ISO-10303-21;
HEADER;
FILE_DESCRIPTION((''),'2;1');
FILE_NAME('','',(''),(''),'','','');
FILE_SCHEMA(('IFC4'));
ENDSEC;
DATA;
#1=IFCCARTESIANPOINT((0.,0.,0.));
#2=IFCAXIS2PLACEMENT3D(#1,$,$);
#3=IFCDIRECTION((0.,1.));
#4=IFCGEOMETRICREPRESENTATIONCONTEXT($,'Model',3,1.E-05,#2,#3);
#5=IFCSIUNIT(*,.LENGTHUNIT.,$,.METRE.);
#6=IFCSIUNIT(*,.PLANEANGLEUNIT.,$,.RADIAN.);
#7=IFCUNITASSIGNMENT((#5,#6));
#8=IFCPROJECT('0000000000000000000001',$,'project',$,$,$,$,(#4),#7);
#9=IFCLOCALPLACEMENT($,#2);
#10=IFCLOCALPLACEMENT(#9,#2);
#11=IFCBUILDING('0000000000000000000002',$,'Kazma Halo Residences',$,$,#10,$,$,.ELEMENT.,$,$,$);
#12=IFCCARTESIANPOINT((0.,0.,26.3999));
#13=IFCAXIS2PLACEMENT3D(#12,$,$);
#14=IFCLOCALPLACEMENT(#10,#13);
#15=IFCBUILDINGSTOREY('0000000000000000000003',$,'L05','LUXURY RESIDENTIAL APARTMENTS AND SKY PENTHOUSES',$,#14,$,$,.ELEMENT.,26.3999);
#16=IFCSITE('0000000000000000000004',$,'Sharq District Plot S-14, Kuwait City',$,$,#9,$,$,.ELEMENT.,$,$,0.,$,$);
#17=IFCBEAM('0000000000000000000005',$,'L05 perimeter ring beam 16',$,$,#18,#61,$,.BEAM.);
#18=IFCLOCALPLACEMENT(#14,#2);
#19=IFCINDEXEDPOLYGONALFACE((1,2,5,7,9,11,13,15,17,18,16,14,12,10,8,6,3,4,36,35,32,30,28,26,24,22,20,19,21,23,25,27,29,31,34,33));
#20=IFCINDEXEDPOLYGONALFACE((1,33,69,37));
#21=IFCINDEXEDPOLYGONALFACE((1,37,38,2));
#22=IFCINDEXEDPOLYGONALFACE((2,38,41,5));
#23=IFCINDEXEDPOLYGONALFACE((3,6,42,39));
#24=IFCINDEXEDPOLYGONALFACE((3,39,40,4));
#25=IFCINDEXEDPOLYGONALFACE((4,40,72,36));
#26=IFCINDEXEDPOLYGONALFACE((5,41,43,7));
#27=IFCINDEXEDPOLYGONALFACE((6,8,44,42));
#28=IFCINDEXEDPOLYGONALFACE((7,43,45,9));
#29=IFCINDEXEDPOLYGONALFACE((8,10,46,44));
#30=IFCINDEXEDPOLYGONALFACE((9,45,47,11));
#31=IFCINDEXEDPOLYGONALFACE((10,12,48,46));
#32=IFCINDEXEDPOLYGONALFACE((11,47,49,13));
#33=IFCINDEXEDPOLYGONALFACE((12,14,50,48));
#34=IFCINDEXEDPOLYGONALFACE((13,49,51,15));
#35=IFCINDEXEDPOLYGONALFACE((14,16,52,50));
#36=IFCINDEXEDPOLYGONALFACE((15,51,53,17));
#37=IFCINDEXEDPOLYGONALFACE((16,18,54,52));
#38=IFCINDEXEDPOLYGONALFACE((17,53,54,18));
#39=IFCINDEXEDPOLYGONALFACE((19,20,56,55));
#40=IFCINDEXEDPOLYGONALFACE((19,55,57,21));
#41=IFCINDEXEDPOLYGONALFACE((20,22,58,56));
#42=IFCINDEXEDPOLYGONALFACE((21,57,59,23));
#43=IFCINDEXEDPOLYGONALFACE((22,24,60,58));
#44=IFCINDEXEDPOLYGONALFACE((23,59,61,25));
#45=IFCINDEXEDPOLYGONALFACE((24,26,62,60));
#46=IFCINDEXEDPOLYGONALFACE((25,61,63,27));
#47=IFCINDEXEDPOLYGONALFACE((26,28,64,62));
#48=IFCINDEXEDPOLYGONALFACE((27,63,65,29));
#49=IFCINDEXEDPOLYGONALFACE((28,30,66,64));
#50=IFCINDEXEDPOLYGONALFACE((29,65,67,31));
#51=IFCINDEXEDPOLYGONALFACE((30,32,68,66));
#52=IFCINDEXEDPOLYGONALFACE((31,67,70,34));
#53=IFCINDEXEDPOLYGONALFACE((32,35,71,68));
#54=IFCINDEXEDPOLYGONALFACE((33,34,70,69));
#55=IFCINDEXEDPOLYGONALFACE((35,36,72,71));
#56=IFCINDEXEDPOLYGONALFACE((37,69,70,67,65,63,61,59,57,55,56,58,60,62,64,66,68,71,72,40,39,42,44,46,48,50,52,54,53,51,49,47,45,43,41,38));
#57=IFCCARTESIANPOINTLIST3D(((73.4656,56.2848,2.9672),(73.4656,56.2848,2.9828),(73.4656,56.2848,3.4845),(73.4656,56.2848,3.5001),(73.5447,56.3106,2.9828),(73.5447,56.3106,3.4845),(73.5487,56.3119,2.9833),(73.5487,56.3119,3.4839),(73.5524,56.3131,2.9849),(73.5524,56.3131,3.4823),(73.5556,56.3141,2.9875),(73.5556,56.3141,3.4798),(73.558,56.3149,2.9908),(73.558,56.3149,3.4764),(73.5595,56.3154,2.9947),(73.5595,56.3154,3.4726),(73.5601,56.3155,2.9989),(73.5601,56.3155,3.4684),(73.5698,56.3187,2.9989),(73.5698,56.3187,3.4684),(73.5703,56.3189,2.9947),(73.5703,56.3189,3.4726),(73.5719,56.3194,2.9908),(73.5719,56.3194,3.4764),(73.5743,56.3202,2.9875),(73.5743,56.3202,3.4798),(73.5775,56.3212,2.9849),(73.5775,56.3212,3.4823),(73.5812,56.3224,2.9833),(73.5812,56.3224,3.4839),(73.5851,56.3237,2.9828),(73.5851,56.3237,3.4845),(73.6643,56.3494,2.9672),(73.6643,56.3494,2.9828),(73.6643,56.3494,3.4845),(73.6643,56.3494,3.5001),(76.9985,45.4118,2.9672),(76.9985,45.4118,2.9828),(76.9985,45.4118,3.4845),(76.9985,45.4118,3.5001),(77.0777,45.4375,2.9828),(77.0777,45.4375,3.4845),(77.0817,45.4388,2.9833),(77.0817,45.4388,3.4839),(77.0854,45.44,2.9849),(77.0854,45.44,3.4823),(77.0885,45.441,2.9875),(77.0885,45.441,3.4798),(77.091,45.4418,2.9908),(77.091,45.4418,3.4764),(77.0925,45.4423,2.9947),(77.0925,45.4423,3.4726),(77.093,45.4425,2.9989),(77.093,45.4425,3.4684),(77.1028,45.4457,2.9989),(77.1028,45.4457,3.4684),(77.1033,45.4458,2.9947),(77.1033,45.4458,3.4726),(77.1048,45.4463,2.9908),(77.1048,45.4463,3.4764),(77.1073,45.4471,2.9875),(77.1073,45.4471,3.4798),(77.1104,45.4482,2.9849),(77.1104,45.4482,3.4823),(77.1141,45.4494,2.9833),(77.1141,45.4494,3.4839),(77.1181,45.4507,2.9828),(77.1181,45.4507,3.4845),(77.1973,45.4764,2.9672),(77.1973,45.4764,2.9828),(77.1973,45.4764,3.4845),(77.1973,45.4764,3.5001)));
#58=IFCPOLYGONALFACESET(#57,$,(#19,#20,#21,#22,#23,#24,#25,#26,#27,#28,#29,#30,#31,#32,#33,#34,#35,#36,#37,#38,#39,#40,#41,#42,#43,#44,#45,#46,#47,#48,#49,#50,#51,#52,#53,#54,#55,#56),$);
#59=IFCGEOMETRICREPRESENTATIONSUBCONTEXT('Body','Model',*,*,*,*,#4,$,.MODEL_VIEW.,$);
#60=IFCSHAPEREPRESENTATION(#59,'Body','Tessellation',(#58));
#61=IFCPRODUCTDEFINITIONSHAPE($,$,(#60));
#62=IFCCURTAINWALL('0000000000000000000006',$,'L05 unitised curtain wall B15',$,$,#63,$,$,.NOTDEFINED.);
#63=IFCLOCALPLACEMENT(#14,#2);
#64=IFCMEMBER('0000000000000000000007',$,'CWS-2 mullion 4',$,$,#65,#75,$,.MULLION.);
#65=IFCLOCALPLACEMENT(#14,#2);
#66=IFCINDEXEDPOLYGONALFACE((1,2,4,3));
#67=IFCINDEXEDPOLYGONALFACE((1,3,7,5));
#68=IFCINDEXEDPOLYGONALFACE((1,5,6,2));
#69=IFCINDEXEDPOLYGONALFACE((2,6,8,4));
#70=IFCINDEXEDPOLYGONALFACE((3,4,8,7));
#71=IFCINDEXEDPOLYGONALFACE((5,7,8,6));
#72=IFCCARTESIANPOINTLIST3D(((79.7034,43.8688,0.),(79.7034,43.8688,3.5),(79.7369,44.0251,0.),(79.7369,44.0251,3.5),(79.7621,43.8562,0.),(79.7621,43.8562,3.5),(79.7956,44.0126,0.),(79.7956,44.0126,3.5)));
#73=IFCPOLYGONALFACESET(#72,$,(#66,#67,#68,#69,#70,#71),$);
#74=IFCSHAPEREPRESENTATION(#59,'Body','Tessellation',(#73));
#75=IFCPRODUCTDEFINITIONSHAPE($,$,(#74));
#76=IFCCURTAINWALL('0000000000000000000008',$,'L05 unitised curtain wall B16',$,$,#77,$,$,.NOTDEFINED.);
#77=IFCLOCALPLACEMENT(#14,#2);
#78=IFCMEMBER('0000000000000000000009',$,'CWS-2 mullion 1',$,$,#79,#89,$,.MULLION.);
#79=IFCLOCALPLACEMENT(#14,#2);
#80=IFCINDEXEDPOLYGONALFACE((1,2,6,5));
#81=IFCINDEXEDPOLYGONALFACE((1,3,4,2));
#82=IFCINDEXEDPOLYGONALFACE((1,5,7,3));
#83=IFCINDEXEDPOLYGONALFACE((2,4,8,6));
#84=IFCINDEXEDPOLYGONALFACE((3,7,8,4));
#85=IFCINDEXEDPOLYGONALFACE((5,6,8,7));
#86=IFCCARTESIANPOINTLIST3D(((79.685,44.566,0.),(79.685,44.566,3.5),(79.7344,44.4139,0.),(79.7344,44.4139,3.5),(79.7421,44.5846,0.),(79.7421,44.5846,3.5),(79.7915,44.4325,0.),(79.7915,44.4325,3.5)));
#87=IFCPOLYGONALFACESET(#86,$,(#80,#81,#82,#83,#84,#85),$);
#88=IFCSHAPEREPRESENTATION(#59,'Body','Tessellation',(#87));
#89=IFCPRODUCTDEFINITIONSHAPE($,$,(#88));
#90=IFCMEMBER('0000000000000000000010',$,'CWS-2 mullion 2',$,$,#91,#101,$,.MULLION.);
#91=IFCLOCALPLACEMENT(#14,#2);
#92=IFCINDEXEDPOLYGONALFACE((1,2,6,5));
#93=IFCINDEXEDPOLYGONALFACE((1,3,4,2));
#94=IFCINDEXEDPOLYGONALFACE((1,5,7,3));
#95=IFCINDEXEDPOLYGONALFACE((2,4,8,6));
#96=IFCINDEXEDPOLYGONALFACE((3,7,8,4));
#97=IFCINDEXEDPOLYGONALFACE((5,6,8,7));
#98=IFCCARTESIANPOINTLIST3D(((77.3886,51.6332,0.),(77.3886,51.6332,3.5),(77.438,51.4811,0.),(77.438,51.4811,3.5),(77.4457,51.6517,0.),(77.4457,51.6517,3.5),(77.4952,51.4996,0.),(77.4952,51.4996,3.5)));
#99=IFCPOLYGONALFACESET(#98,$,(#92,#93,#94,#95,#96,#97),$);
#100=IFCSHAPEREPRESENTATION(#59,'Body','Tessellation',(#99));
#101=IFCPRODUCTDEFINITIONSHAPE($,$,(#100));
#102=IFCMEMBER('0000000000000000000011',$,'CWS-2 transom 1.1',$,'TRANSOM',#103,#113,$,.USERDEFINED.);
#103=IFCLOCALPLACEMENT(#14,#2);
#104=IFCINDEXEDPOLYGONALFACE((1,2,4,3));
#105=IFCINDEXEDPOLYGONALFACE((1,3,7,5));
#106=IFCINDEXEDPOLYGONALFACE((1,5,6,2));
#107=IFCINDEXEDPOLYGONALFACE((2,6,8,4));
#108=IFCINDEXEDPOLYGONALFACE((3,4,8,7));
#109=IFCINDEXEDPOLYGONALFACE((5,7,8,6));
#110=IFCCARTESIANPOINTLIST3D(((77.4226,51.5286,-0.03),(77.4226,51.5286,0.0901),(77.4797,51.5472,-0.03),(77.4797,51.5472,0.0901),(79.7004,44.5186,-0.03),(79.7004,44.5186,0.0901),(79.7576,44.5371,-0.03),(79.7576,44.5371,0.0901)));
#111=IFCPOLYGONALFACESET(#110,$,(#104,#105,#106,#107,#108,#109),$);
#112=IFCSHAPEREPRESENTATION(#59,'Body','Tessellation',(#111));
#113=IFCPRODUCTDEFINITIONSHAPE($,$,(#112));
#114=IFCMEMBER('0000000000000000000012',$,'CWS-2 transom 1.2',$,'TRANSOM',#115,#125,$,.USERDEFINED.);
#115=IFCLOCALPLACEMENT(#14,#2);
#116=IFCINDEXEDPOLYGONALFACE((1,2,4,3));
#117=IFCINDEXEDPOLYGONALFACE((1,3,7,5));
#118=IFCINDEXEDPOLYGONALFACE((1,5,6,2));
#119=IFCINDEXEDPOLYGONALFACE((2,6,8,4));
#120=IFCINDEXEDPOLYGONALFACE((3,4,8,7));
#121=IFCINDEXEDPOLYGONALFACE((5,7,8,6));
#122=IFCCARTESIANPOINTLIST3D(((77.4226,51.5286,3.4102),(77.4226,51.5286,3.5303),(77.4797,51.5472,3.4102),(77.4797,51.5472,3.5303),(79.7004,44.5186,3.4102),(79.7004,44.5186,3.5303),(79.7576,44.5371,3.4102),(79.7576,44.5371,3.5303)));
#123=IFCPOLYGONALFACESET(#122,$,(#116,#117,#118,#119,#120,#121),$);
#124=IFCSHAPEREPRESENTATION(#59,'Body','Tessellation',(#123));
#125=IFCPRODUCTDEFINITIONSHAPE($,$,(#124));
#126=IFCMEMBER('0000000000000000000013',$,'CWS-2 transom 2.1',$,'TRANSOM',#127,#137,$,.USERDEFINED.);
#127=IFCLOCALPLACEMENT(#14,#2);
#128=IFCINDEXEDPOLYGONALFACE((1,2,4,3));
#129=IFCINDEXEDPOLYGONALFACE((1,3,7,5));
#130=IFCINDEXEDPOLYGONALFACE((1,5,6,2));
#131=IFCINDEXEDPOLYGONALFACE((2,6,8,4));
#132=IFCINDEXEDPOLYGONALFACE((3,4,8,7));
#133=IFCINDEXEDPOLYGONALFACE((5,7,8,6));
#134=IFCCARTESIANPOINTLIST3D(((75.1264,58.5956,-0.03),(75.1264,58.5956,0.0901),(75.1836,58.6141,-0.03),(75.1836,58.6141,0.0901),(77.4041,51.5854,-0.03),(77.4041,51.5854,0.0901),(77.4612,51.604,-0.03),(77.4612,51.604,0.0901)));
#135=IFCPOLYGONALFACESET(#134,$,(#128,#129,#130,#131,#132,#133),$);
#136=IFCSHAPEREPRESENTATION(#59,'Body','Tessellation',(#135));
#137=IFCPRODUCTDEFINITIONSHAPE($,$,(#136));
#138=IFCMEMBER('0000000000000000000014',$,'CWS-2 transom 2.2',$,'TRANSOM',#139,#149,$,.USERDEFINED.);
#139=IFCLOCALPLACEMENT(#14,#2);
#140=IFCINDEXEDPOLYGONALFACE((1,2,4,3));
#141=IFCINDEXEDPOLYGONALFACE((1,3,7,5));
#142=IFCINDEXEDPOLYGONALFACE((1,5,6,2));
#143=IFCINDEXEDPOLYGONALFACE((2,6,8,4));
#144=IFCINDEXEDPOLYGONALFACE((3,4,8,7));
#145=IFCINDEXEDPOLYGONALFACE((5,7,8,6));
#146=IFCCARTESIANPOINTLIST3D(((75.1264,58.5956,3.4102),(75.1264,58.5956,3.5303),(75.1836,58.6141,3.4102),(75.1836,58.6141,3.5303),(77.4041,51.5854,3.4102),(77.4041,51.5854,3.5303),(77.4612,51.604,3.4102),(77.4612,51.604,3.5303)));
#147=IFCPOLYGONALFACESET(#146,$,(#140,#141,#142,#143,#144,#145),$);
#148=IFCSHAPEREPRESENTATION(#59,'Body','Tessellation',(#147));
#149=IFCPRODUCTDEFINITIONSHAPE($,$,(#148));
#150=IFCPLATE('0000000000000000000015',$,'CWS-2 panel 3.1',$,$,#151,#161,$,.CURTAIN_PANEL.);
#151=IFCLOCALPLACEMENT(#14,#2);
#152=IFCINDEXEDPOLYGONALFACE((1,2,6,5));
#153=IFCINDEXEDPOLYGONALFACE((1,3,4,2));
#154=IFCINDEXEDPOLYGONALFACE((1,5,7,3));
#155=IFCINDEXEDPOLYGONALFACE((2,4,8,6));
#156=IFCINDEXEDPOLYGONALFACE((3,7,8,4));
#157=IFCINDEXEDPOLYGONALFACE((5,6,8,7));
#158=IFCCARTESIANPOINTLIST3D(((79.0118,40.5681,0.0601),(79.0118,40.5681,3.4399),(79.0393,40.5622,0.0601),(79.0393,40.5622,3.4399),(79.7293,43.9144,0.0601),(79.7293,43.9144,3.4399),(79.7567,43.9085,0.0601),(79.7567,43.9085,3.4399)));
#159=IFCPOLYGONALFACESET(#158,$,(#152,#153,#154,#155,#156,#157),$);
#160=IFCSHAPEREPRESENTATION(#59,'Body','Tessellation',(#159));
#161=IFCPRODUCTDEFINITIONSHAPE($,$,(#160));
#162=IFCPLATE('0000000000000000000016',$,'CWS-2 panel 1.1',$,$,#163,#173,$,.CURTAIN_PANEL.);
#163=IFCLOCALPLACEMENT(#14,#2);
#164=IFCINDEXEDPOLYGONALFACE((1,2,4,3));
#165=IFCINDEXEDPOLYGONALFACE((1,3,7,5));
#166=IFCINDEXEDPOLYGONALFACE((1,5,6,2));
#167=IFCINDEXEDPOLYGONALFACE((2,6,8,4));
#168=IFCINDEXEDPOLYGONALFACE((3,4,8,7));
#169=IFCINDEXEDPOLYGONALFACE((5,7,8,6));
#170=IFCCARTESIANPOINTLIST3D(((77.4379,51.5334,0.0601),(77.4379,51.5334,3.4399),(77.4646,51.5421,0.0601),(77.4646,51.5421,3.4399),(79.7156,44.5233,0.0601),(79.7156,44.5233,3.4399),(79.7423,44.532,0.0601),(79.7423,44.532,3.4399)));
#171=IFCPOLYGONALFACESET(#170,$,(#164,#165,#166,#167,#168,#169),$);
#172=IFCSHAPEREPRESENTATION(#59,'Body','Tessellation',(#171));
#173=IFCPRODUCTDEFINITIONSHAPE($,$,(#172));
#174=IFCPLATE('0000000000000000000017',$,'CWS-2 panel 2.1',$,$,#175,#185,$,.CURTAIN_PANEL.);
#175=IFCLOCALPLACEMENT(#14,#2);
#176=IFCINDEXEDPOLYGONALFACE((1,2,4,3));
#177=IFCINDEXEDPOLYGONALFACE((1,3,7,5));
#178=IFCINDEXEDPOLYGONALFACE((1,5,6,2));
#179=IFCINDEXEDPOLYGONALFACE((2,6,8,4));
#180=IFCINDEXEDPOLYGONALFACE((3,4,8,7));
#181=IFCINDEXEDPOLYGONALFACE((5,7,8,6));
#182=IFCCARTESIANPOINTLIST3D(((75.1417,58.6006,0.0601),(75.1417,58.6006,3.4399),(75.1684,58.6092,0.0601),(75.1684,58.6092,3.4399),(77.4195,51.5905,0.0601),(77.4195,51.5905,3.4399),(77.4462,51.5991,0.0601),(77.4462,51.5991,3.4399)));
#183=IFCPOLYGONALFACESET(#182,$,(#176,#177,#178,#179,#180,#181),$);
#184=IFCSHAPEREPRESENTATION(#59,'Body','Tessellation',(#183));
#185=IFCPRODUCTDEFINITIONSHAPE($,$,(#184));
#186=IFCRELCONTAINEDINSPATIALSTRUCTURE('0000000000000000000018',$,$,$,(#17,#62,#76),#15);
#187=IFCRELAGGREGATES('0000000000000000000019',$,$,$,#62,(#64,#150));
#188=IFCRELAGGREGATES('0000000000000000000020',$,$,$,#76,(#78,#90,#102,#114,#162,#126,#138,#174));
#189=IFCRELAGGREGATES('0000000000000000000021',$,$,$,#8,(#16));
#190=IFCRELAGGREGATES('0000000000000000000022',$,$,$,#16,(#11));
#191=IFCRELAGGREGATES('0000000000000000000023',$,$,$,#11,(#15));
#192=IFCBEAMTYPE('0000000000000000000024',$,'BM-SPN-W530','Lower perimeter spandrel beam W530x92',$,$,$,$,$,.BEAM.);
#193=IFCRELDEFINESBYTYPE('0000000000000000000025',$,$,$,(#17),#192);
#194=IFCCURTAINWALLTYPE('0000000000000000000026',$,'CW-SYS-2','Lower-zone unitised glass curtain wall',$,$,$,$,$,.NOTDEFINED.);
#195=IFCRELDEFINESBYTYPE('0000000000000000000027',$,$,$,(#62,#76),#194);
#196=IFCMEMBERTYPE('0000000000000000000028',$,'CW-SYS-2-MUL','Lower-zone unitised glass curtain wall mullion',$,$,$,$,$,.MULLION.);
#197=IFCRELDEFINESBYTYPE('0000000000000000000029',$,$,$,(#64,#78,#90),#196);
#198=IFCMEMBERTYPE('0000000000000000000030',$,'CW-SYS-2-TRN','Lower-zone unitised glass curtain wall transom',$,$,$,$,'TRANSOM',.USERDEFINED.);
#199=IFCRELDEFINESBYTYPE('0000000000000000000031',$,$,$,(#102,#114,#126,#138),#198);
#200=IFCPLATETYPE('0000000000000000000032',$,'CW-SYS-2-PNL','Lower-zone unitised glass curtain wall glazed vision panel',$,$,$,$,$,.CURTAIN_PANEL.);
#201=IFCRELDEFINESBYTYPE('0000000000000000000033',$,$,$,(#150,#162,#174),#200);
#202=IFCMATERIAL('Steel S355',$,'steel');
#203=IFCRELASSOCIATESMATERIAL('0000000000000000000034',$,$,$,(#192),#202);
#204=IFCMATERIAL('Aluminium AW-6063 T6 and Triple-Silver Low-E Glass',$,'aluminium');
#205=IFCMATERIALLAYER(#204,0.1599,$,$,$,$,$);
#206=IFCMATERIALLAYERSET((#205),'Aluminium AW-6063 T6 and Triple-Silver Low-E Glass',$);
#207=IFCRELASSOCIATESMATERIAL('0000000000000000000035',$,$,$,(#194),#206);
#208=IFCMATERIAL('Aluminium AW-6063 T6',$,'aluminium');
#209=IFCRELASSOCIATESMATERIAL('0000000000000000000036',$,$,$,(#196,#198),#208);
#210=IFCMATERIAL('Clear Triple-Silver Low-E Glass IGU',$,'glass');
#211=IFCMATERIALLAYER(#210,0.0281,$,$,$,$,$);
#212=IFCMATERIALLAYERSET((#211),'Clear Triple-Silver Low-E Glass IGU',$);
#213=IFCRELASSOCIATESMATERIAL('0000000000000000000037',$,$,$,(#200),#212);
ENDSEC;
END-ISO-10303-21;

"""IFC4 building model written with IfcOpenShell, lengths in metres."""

from ifc_helpers import new_model, si_unit, direction, frame, origin, origin_2d, place, context, subcontext, project, spatial, rectangle, i_section, extrude, material, layer, layer_set, material_profile, profile_set, type_object, element, aggregate, save


model = new_model("IFC4")

# Units and contexts
model_context = context("Model", 3, precision=1e-05, world=origin(), true_north=direction((0.0, 1.0)))
body_context = subcontext(model_context, "Body", "Model", "MODEL_VIEW")
ifc_project = project(units=[si_unit("LENGTHUNIT", "METRE"), si_unit("PLANEANGLEUNIT", "RADIAN")], contexts=[model_context])

# Site, building, storey
site_placement = place(None, origin())
site = spatial("IfcSite", under=ifc_project, at=site_placement, Name="Sharq District Plot S-14, Kuwait City", CompositionType="ELEMENT", RefElevation=0.0)
building_placement = place(site_placement, origin())
building = spatial("IfcBuilding", under=site, at=building_placement, Name="Kazma Halo Residences", CompositionType="ELEMENT")
storey_placement = place(building_placement, frame((0.0, 0.0, 26.3999)))
storey = spatial("IfcBuildingStorey", under=building, at=storey_placement, Name="L05", Description="LUXURY RESIDENTIAL APARTMENTS AND SKY PENTHOUSES", CompositionType="ELEMENT", Elevation=26.3999)

# Beam
ifc_material_1 = material(Name="Steel S355", Category="steel")
ifc_material_profile_1 = material_profile(ifc_material_1, i_section(OverallWidth=0.209, OverallDepth=0.533, WebThickness=0.0103, FlangeThickness=0.0156, FilletRadius=0.0161, at=origin_2d()), Name="W530x92")
ifc_profile_set_1 = profile_set([ifc_material_profile_1], Name="Steel S355")
beam_type_1 = type_object("IfcBeamType", Name="BM-SPN-W530", Description="Lower perimeter spandrel beam W530x92", PredefinedType="BEAM", material=ifc_profile_set_1)
beam_1_placement = place(storey_placement, frame((77.0979, 45.4441, 3.2336), z_axis=(-0.309024, 0.951054, 0.0), x_axis=(-0.951054, -0.309024, 0.0)))
element("IfcBeam", 1, at=beam_1_placement, inside=storey, type_object=beam_type_1, Name="L05 perimeter ring beam 16", PredefinedType="BEAM", context=body_context, shape_type="SweptSolid", body=[
    extrude(i_section(OverallWidth=0.209, OverallDepth=0.533, WebThickness=0.0103, FlangeThickness=0.0156, FilletRadius=0.0161, at=origin_2d()), origin(), (0.0, 0.0, 1.0), 11.4326),
])

# Curtain wall, member
ifc_material_2 = material(Name="Aluminium AW-6063 T6 and Triple-Silver Low-E Glass", Category="aluminium")
ifc_layer_1 = layer(ifc_material_2, 0.1599)
ifc_layer_set_1 = layer_set([ifc_layer_1], Name="Aluminium AW-6063 T6 and Triple-Silver Low-E Glass")
curtain_wall_type = type_object("IfcCurtainWallType", Name="CW-SYS-2", Description="Lower-zone unitised glass curtain wall", PredefinedType="NOTDEFINED", material=ifc_layer_set_1)
curtain_wall_1_placement = place(storey_placement, origin())
curtain_wall_1 = element("IfcCurtainWall", 2, at=curtain_wall_1_placement, inside=storey, type_object=curtain_wall_type, Name="L05 unitised curtain wall B15", PredefinedType="NOTDEFINED")
ifc_material_3 = material(Name="Aluminium AW-6063 T6", Category="aluminium")
ifc_material_profile_2 = material_profile(ifc_material_3, rectangle(XDim=0.0601, YDim=0.1599, at=origin_2d()), Name="CWM-60x160")
ifc_profile_set_2 = profile_set([ifc_material_profile_2], Name="Aluminium AW-6063 T6")
member_type_1 = type_object("IfcMemberType", Name="CW-SYS-2-MUL", Description="Lower-zone unitised glass curtain wall mullion", PredefinedType="MULLION", material=ifc_profile_set_2)
member_1_placement = place(storey_placement, frame((79.7495, 43.9407, 0.0), z_axis=(0.0, 0.0, 1.0), x_axis=(-0.977779, 0.209637, 0.0)))
member_1 = element("IfcMember", 3, at=member_1_placement, type_object=member_type_1, Name="CWS-2 mullion 4", PredefinedType="MULLION", context=body_context, shape_type="SweptSolid", body=[
    extrude(rectangle(XDim=0.0601, YDim=0.1599, at=origin_2d()), origin(), (0.0, 0.0, 1.0), 3.5),
])

# Curtain wall, members
curtain_wall_2_placement = place(storey_placement, origin())
curtain_wall_2 = element("IfcCurtainWall", 4, at=curtain_wall_2_placement, inside=storey, type_object=curtain_wall_type, Name="L05 unitised curtain wall B16", PredefinedType="NOTDEFINED")
member_2_placement = place(storey_placement, frame((79.7383, 44.4993, 0.0), z_axis=(0.0, 0.0, 1.0), x_axis=(-0.951057, -0.309017, 0.0)))
member_2 = element("IfcMember", 5, at=member_2_placement, type_object=member_type_1, Name="CWS-2 mullion 1", PredefinedType="MULLION", context=body_context, shape_type="SweptSolid", body=[
    extrude(rectangle(XDim=0.0601, YDim=0.1599, at=origin_2d()), origin(), (0.0, 0.0, 1.0), 3.5),
])
member_3_placement = place(storey_placement, frame((77.4419, 51.5664, 0.0), z_axis=(0.0, 0.0, 1.0), x_axis=(-0.951057, -0.309017, 0.0)))
member_3 = element("IfcMember", 6, at=member_3_placement, type_object=member_type_1, Name="CWS-2 mullion 2", PredefinedType="MULLION", context=body_context, shape_type="SweptSolid", body=[
    extrude(rectangle(XDim=0.0601, YDim=0.1599, at=origin_2d()), origin(), (0.0, 0.0, 1.0), 3.5),
])
ifc_material_profile_3 = material_profile(ifc_material_3, rectangle(XDim=0.0601, YDim=0.1201, at=origin_2d()), Name="CWT-60x120")
ifc_profile_set_3 = profile_set([ifc_material_profile_3], Name="Aluminium AW-6063 T6")
member_type_2 = type_object("IfcMemberType", Name="CW-SYS-2-TRN", Description="Lower-zone unitised glass curtain wall transom", ElementType="TRANSOM", PredefinedType="USERDEFINED", material=ifc_profile_set_3)
member_4_placement = place(storey_placement, frame((79.729, 44.5278, 0.03), z_axis=(-0.309034, 0.951051, 0.0), x_axis=(-0.951051, -0.309034, 0.0)))
member_4 = element("IfcMember", 7, at=member_4_placement, type_object=member_type_2, Name="CWS-2 transom 1.1", ObjectType="TRANSOM", PredefinedType="USERDEFINED", context=body_context, shape_type="SweptSolid", body=[
    extrude(rectangle(XDim=0.0601, YDim=0.1201, at=origin_2d()), origin(), (0.0, 0.0, 1.0), 7.3708),
])
member_5_placement = place(storey_placement, frame((79.729, 44.5278, 3.4702), z_axis=(-0.309034, 0.951051, 0.0), x_axis=(-0.951051, -0.309034, 0.0)))
member_5 = element("IfcMember", 8, at=member_5_placement, type_object=member_type_2, Name="CWS-2 transom 1.2", ObjectType="TRANSOM", PredefinedType="USERDEFINED", context=body_context, shape_type="SweptSolid", body=[
    extrude(rectangle(XDim=0.0601, YDim=0.1201, at=origin_2d()), origin(), (0.0, 0.0, 1.0), 7.3708),
])
member_6_placement = place(storey_placement, frame((77.4326, 51.5947, 0.03), z_axis=(-0.309004, 0.951061, 0.0), x_axis=(-0.951061, -0.309004, 0.0)))
member_6 = element("IfcMember", 9, at=member_6_placement, type_object=member_type_2, Name="CWS-2 transom 2.1", ObjectType="TRANSOM", PredefinedType="USERDEFINED", context=body_context, shape_type="SweptSolid", body=[
    extrude(rectangle(XDim=0.0601, YDim=0.1201, at=origin_2d()), origin(), (0.0, 0.0, 1.0), 7.3708),
])
member_7_placement = place(storey_placement, frame((77.4326, 51.5947, 3.4702), z_axis=(-0.309004, 0.951061, 0.0), x_axis=(-0.951061, -0.309004, 0.0)))
member_7 = element("IfcMember", 10, at=member_7_placement, type_object=member_type_2, Name="CWS-2 transom 2.2", ObjectType="TRANSOM", PredefinedType="USERDEFINED", context=body_context, shape_type="SweptSolid", body=[
    extrude(rectangle(XDim=0.0601, YDim=0.1201, at=origin_2d()), origin(), (0.0, 0.0, 1.0), 7.3708),
])

# Plates
ifc_material_4 = material(Name="Clear Triple-Silver Low-E Glass IGU", Category="glass")
ifc_layer_2 = layer(ifc_material_4, 0.0281)
ifc_layer_set_2 = layer_set([ifc_layer_2], Name="Clear Triple-Silver Low-E Glass IGU")
plate_type = type_object("IfcPlateType", Name="CW-SYS-2-PNL", Description="Lower-zone unitised glass curtain wall glazed vision panel", PredefinedType="CURTAIN_PANEL", material=ifc_layer_set_2)
plate_1_placement = place(storey_placement, frame((79.3843, 42.2383, 0.0601), z_axis=(0.0, 0.0, 1.0), x_axis=(0.209637, 0.977779, 0.0)))
plate_1 = element("IfcPlate", 11, at=plate_1_placement, type_object=plate_type, Name="CWS-2 panel 3.1", PredefinedType="CURTAIN_PANEL", context=body_context, shape_type="SweptSolid", body=[
    extrude(rectangle(XDim=3.4224, YDim=0.0281, at=origin_2d()), origin(), (0.0, 0.0, 1.0), 3.3799),
])
aggregate(curtain_wall_1, [member_1, plate_1])
plate_2_placement = place(storey_placement, frame((78.5901, 48.0327, 0.0601), z_axis=(0.0, 0.0, 1.0), x_axis=(-0.309017, 0.951057, 0.0)))
plate_2 = element("IfcPlate", 12, at=plate_2_placement, type_object=plate_type, Name="CWS-2 panel 1.1", PredefinedType="CURTAIN_PANEL", context=body_context, shape_type="SweptSolid", body=[
    extrude(rectangle(XDim=7.3708, YDim=0.0281, at=origin_2d()), origin(), (0.0, 0.0, 1.0), 3.3799),
])
plate_3_placement = place(storey_placement, frame((76.2939, 55.0999, 0.0601), z_axis=(0.0, 0.0, 1.0), x_axis=(-0.309017, 0.951057, 0.0)))
plate_3 = element("IfcPlate", 13, at=plate_3_placement, type_object=plate_type, Name="CWS-2 panel 2.1", PredefinedType="CURTAIN_PANEL", context=body_context, shape_type="SweptSolid", body=[
    extrude(rectangle(XDim=7.3708, YDim=0.0281, at=origin_2d()), origin(), (0.0, 0.0, 1.0), 3.3799),
])
aggregate(curtain_wall_2, [member_2, member_3, member_4, member_5, plate_2, member_6, member_7, plate_3])

save(model, "model.ifc")
